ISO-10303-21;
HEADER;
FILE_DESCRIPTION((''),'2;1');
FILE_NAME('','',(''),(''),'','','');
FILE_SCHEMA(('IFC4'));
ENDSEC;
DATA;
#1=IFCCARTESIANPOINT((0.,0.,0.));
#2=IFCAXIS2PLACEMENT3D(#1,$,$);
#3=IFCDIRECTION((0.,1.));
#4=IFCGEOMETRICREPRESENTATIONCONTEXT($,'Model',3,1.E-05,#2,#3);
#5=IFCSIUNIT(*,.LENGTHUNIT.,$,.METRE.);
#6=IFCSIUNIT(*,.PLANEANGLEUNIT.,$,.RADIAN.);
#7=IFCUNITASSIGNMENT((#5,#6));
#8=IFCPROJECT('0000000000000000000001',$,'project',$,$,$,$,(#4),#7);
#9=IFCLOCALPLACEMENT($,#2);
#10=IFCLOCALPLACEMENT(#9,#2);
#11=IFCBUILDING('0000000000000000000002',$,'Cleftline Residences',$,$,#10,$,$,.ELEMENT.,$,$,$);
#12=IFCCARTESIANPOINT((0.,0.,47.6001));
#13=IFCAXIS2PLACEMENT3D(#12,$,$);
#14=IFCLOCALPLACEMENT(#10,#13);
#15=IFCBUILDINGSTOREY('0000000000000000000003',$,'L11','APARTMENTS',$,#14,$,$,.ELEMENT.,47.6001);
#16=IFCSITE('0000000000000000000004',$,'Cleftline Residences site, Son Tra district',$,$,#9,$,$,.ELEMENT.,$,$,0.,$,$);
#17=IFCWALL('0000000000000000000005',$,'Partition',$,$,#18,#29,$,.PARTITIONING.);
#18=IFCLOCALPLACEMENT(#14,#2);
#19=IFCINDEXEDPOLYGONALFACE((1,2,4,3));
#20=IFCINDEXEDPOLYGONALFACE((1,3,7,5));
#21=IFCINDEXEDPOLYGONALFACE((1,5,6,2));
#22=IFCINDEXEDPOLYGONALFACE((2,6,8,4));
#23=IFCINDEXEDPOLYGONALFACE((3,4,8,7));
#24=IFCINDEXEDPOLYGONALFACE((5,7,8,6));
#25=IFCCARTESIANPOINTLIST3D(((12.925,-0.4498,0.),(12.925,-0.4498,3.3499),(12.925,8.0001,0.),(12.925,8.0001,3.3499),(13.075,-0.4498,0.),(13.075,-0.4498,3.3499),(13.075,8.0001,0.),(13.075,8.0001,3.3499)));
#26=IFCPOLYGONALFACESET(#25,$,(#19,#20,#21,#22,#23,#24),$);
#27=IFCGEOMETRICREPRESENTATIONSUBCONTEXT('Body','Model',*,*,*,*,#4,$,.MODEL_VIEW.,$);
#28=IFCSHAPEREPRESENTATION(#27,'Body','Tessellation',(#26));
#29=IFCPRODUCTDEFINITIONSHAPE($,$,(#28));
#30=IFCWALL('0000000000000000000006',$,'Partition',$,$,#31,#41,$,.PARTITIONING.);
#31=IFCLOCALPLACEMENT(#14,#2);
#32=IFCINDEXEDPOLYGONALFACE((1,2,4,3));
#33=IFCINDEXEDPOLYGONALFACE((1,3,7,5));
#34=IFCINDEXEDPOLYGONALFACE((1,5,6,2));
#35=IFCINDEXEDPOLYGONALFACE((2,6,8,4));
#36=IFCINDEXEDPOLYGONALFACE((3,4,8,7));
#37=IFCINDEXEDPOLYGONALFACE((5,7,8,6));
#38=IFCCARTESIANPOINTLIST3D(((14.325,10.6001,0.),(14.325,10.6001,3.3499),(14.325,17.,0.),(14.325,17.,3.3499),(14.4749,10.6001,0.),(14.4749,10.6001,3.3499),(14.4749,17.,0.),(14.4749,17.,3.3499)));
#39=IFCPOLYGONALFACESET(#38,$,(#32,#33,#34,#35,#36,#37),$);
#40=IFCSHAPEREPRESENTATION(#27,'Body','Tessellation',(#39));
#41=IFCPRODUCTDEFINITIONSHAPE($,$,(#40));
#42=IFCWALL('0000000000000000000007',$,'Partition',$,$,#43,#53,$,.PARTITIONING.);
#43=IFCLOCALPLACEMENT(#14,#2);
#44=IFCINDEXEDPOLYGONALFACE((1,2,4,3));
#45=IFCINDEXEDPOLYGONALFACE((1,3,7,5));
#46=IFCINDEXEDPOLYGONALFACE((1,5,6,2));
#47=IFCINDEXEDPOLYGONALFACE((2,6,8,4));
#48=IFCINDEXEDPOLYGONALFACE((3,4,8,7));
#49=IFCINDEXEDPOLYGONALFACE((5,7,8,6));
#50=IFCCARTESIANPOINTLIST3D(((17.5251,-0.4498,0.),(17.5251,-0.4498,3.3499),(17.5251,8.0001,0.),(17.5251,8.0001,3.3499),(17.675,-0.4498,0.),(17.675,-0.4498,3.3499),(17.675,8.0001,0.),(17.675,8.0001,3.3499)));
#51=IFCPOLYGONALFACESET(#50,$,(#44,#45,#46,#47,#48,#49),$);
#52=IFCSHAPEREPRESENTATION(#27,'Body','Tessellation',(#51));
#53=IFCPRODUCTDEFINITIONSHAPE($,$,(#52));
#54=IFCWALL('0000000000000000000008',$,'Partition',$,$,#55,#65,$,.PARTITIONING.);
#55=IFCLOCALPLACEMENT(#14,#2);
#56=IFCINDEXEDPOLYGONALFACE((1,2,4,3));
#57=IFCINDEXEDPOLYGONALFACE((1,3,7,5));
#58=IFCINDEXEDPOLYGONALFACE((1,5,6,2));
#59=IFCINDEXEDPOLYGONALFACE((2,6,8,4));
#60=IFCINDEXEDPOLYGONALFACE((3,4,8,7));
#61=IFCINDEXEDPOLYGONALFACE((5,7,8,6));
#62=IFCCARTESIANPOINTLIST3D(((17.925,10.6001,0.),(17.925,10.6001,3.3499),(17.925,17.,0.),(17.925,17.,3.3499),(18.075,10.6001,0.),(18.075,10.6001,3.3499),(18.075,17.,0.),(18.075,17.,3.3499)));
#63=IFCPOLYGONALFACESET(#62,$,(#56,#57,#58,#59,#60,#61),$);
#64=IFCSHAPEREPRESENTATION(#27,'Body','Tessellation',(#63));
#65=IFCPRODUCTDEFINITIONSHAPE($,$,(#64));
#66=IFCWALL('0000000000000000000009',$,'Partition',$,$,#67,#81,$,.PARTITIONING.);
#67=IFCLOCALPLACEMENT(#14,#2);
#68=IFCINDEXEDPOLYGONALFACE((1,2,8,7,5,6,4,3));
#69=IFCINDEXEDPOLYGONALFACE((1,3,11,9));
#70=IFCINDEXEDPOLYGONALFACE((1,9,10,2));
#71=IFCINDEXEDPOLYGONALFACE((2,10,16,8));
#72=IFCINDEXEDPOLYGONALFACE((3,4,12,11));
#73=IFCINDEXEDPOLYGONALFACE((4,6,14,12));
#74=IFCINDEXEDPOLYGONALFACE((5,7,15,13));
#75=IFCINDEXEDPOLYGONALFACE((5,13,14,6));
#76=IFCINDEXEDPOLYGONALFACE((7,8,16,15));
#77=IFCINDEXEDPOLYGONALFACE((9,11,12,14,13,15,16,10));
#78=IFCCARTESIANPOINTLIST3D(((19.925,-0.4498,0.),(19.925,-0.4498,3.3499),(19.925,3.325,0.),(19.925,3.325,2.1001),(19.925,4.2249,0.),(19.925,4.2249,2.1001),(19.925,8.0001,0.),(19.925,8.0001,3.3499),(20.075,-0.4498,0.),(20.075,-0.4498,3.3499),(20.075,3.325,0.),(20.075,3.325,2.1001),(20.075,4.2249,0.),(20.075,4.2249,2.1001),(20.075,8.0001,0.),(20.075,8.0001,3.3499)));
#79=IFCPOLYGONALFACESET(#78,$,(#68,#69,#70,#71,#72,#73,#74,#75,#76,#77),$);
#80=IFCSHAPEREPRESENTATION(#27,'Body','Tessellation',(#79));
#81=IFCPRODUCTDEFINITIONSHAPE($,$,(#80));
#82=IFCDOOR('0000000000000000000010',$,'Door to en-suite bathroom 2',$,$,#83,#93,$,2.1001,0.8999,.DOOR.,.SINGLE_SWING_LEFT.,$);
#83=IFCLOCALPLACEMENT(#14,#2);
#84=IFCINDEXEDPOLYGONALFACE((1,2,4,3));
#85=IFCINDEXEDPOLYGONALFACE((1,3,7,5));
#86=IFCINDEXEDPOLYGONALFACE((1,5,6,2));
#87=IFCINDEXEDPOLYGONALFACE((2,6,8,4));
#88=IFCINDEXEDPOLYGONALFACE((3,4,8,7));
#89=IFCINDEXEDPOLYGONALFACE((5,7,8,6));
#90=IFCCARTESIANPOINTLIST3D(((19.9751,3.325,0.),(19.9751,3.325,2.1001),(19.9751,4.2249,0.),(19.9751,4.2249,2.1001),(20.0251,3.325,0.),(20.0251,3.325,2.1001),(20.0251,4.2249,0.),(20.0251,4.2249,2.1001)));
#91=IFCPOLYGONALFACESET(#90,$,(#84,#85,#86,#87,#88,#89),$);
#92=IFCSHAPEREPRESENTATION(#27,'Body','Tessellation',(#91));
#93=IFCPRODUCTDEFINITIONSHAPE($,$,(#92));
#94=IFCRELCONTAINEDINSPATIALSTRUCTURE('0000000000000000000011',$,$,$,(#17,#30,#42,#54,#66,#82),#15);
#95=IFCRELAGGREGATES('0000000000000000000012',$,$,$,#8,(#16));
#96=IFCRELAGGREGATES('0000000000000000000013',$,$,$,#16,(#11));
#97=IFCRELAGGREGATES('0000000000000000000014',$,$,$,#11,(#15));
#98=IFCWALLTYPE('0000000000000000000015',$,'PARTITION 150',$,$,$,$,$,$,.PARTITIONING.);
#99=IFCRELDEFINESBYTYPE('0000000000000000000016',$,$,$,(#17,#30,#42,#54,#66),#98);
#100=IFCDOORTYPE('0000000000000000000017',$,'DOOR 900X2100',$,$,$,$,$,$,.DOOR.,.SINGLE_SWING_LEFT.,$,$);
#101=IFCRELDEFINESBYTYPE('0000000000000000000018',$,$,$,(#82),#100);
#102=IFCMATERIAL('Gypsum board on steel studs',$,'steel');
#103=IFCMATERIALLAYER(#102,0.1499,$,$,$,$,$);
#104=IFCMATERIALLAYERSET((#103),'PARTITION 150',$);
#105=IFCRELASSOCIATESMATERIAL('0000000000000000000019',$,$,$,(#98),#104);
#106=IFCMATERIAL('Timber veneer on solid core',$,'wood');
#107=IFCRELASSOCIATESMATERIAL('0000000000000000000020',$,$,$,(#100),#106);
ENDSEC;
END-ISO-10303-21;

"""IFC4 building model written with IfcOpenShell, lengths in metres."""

from ifc_helpers import new_model, si_unit, direction, frame, frame_2d, origin, place, context, subcontext, project, spatial, rectangle, extrude, material, layer, layer_set, type_object, element, fill, save


model = new_model("IFC4")

# Units and contexts
model_context = context("Model", 3, precision=1e-05, world=origin(), true_north=direction((0.0, 1.0)))
body_context = subcontext(model_context, "Body", "Model", "MODEL_VIEW")
ifc_project = project(units=[si_unit("LENGTHUNIT", "METRE"), si_unit("PLANEANGLEUNIT", "RADIAN")], contexts=[model_context])

# Site, building, storey
site_placement = place(None, origin())
site = spatial("IfcSite", under=ifc_project, at=site_placement, Name="Cleftline Residences site, Son Tra district", CompositionType="ELEMENT", RefElevation=0.0)
building_placement = place(site_placement, origin())
building = spatial("IfcBuilding", under=site, at=building_placement, Name="Cleftline Residences", CompositionType="ELEMENT")
storey_placement = place(building_placement, frame((0.0, 0.0, 47.6001)))
storey = spatial("IfcBuildingStorey", under=building, at=storey_placement, Name="L11", Description="APARTMENTS", CompositionType="ELEMENT", Elevation=47.6001)

# Shared definitions
ifc_material_1 = material(Name="Gypsum board on steel studs", Category="steel")
ifc_layer_1 = layer(ifc_material_1, 0.1499)
ifc_layer_set_1 = layer_set([ifc_layer_1], Name="PARTITION 150")
wall_type = type_object("IfcWallType", Name="PARTITION 150", PredefinedType="PARTITIONING", material=ifc_layer_set_1)

# Walls
wall_1_placement = place(storey_placement, frame((13.0, -0.45, 0.0), z_axis=(0.0, 0.0, 1.0), x_axis=(0.0, 1.0, 0.0)))
element("IfcWall", 1, at=wall_1_placement, inside=storey, type_object=wall_type, Name="Partition", PredefinedType="PARTITIONING", context=body_context, shape_type="SweptSolid", body=[
    extrude(rectangle(XDim=8.45, YDim=0.1499, at=frame_2d((4.2251, 0.0))), origin(), (0.0, 0.0, 1.0), 3.3499),
])
wall_2_placement = place(storey_placement, frame((14.3999, 10.6001, 0.0), z_axis=(0.0, 0.0, 1.0), x_axis=(0.0, 1.0, 0.0)))
element("IfcWall", 2, at=wall_2_placement, inside=storey, type_object=wall_type, Name="Partition", PredefinedType="PARTITIONING", context=body_context, shape_type="SweptSolid", body=[
    extrude(rectangle(XDim=6.3999, YDim=0.1499, at=frame_2d((3.2, 0.0))), origin(), (0.0, 0.0, 1.0), 3.3499),
])
wall_3_placement = place(storey_placement, frame((17.6001, -0.45, 0.0), z_axis=(0.0, 0.0, 1.0), x_axis=(0.0, 1.0, 0.0)))
element("IfcWall", 3, at=wall_3_placement, inside=storey, type_object=wall_type, Name="Partition", PredefinedType="PARTITIONING", context=body_context, shape_type="SweptSolid", body=[
    extrude(rectangle(XDim=8.45, YDim=0.1499, at=frame_2d((4.2251, 0.0))), origin(), (0.0, 0.0, 1.0), 3.3499),
])
wall_4_placement = place(storey_placement, frame((18.0, 10.6001, 0.0), z_axis=(0.0, 0.0, 1.0), x_axis=(0.0, 1.0, 0.0)))
element("IfcWall", 4, at=wall_4_placement, inside=storey, type_object=wall_type, Name="Partition", PredefinedType="PARTITIONING", context=body_context, shape_type="SweptSolid", body=[
    extrude(rectangle(XDim=6.3999, YDim=0.1499, at=frame_2d((3.2, 0.0))), origin(), (0.0, 0.0, 1.0), 3.3499),
])

# Wall, opening, door
wall_5_placement = place(storey_placement, frame((20.0, -0.45, 0.0), z_axis=(0.0, 0.0, 1.0), x_axis=(0.0, 1.0, 0.0)))
wall_5 = element("IfcWall", 5, at=wall_5_placement, inside=storey, type_object=wall_type, Name="Partition", PredefinedType="PARTITIONING", context=body_context, shape_type="SweptSolid", body=[
    extrude(rectangle(XDim=8.45, YDim=0.1499, at=frame_2d((4.2251, 0.0))), origin(), (0.0, 0.0, 1.0), 3.3499),
])
opening_1_placement = place(wall_5_placement, frame((3.7749, 0.0, 0.0)))
opening_1 = element("IfcOpeningElement", 6, at=opening_1_placement, cuts=wall_5, PredefinedType="OPENING", context=body_context, shape_type="SweptSolid", body=[
    extrude(rectangle(XDim=0.8999, YDim=2.1001, at=frame_2d((0.45, 1.05))), frame((0.0, 0.085, 0.0), z_axis=(0.0, -1.0, 0.0), x_axis=(1.0, 0.0, 0.0)), (0.0, 0.0, 1.0), 0.1699),
])
ifc_material_2 = material(Name="Timber veneer on solid core", Category="wood")
door_type_1 = type_object("IfcDoorType", Name="DOOR 900X2100", OperationType="SINGLE_SWING_LEFT", PredefinedType="DOOR", material=ifc_material_2)
door_1_placement = place(opening_1_placement, origin())
door_1 = element("IfcDoor", 7, at=door_1_placement, inside=storey, type_object=door_type_1, Name="Door to en-suite bathroom 2", OperationType="SINGLE_SWING_LEFT", OverallHeight=2.1001, OverallWidth=0.8999, PredefinedType="DOOR", context=body_context, shape_type="SweptSolid", body=[
    extrude(rectangle(XDim=0.8999, YDim=2.1001, at=frame_2d((0.45, 1.05))), frame((0.0, 0.0249, 0.0), z_axis=(0.0, -1.0, 0.0), x_axis=(1.0, 0.0, 0.0)), (0.0, 0.0, 1.0), 0.05),
])
fill(opening_1, door_1)

save(model, "model.ifc")
